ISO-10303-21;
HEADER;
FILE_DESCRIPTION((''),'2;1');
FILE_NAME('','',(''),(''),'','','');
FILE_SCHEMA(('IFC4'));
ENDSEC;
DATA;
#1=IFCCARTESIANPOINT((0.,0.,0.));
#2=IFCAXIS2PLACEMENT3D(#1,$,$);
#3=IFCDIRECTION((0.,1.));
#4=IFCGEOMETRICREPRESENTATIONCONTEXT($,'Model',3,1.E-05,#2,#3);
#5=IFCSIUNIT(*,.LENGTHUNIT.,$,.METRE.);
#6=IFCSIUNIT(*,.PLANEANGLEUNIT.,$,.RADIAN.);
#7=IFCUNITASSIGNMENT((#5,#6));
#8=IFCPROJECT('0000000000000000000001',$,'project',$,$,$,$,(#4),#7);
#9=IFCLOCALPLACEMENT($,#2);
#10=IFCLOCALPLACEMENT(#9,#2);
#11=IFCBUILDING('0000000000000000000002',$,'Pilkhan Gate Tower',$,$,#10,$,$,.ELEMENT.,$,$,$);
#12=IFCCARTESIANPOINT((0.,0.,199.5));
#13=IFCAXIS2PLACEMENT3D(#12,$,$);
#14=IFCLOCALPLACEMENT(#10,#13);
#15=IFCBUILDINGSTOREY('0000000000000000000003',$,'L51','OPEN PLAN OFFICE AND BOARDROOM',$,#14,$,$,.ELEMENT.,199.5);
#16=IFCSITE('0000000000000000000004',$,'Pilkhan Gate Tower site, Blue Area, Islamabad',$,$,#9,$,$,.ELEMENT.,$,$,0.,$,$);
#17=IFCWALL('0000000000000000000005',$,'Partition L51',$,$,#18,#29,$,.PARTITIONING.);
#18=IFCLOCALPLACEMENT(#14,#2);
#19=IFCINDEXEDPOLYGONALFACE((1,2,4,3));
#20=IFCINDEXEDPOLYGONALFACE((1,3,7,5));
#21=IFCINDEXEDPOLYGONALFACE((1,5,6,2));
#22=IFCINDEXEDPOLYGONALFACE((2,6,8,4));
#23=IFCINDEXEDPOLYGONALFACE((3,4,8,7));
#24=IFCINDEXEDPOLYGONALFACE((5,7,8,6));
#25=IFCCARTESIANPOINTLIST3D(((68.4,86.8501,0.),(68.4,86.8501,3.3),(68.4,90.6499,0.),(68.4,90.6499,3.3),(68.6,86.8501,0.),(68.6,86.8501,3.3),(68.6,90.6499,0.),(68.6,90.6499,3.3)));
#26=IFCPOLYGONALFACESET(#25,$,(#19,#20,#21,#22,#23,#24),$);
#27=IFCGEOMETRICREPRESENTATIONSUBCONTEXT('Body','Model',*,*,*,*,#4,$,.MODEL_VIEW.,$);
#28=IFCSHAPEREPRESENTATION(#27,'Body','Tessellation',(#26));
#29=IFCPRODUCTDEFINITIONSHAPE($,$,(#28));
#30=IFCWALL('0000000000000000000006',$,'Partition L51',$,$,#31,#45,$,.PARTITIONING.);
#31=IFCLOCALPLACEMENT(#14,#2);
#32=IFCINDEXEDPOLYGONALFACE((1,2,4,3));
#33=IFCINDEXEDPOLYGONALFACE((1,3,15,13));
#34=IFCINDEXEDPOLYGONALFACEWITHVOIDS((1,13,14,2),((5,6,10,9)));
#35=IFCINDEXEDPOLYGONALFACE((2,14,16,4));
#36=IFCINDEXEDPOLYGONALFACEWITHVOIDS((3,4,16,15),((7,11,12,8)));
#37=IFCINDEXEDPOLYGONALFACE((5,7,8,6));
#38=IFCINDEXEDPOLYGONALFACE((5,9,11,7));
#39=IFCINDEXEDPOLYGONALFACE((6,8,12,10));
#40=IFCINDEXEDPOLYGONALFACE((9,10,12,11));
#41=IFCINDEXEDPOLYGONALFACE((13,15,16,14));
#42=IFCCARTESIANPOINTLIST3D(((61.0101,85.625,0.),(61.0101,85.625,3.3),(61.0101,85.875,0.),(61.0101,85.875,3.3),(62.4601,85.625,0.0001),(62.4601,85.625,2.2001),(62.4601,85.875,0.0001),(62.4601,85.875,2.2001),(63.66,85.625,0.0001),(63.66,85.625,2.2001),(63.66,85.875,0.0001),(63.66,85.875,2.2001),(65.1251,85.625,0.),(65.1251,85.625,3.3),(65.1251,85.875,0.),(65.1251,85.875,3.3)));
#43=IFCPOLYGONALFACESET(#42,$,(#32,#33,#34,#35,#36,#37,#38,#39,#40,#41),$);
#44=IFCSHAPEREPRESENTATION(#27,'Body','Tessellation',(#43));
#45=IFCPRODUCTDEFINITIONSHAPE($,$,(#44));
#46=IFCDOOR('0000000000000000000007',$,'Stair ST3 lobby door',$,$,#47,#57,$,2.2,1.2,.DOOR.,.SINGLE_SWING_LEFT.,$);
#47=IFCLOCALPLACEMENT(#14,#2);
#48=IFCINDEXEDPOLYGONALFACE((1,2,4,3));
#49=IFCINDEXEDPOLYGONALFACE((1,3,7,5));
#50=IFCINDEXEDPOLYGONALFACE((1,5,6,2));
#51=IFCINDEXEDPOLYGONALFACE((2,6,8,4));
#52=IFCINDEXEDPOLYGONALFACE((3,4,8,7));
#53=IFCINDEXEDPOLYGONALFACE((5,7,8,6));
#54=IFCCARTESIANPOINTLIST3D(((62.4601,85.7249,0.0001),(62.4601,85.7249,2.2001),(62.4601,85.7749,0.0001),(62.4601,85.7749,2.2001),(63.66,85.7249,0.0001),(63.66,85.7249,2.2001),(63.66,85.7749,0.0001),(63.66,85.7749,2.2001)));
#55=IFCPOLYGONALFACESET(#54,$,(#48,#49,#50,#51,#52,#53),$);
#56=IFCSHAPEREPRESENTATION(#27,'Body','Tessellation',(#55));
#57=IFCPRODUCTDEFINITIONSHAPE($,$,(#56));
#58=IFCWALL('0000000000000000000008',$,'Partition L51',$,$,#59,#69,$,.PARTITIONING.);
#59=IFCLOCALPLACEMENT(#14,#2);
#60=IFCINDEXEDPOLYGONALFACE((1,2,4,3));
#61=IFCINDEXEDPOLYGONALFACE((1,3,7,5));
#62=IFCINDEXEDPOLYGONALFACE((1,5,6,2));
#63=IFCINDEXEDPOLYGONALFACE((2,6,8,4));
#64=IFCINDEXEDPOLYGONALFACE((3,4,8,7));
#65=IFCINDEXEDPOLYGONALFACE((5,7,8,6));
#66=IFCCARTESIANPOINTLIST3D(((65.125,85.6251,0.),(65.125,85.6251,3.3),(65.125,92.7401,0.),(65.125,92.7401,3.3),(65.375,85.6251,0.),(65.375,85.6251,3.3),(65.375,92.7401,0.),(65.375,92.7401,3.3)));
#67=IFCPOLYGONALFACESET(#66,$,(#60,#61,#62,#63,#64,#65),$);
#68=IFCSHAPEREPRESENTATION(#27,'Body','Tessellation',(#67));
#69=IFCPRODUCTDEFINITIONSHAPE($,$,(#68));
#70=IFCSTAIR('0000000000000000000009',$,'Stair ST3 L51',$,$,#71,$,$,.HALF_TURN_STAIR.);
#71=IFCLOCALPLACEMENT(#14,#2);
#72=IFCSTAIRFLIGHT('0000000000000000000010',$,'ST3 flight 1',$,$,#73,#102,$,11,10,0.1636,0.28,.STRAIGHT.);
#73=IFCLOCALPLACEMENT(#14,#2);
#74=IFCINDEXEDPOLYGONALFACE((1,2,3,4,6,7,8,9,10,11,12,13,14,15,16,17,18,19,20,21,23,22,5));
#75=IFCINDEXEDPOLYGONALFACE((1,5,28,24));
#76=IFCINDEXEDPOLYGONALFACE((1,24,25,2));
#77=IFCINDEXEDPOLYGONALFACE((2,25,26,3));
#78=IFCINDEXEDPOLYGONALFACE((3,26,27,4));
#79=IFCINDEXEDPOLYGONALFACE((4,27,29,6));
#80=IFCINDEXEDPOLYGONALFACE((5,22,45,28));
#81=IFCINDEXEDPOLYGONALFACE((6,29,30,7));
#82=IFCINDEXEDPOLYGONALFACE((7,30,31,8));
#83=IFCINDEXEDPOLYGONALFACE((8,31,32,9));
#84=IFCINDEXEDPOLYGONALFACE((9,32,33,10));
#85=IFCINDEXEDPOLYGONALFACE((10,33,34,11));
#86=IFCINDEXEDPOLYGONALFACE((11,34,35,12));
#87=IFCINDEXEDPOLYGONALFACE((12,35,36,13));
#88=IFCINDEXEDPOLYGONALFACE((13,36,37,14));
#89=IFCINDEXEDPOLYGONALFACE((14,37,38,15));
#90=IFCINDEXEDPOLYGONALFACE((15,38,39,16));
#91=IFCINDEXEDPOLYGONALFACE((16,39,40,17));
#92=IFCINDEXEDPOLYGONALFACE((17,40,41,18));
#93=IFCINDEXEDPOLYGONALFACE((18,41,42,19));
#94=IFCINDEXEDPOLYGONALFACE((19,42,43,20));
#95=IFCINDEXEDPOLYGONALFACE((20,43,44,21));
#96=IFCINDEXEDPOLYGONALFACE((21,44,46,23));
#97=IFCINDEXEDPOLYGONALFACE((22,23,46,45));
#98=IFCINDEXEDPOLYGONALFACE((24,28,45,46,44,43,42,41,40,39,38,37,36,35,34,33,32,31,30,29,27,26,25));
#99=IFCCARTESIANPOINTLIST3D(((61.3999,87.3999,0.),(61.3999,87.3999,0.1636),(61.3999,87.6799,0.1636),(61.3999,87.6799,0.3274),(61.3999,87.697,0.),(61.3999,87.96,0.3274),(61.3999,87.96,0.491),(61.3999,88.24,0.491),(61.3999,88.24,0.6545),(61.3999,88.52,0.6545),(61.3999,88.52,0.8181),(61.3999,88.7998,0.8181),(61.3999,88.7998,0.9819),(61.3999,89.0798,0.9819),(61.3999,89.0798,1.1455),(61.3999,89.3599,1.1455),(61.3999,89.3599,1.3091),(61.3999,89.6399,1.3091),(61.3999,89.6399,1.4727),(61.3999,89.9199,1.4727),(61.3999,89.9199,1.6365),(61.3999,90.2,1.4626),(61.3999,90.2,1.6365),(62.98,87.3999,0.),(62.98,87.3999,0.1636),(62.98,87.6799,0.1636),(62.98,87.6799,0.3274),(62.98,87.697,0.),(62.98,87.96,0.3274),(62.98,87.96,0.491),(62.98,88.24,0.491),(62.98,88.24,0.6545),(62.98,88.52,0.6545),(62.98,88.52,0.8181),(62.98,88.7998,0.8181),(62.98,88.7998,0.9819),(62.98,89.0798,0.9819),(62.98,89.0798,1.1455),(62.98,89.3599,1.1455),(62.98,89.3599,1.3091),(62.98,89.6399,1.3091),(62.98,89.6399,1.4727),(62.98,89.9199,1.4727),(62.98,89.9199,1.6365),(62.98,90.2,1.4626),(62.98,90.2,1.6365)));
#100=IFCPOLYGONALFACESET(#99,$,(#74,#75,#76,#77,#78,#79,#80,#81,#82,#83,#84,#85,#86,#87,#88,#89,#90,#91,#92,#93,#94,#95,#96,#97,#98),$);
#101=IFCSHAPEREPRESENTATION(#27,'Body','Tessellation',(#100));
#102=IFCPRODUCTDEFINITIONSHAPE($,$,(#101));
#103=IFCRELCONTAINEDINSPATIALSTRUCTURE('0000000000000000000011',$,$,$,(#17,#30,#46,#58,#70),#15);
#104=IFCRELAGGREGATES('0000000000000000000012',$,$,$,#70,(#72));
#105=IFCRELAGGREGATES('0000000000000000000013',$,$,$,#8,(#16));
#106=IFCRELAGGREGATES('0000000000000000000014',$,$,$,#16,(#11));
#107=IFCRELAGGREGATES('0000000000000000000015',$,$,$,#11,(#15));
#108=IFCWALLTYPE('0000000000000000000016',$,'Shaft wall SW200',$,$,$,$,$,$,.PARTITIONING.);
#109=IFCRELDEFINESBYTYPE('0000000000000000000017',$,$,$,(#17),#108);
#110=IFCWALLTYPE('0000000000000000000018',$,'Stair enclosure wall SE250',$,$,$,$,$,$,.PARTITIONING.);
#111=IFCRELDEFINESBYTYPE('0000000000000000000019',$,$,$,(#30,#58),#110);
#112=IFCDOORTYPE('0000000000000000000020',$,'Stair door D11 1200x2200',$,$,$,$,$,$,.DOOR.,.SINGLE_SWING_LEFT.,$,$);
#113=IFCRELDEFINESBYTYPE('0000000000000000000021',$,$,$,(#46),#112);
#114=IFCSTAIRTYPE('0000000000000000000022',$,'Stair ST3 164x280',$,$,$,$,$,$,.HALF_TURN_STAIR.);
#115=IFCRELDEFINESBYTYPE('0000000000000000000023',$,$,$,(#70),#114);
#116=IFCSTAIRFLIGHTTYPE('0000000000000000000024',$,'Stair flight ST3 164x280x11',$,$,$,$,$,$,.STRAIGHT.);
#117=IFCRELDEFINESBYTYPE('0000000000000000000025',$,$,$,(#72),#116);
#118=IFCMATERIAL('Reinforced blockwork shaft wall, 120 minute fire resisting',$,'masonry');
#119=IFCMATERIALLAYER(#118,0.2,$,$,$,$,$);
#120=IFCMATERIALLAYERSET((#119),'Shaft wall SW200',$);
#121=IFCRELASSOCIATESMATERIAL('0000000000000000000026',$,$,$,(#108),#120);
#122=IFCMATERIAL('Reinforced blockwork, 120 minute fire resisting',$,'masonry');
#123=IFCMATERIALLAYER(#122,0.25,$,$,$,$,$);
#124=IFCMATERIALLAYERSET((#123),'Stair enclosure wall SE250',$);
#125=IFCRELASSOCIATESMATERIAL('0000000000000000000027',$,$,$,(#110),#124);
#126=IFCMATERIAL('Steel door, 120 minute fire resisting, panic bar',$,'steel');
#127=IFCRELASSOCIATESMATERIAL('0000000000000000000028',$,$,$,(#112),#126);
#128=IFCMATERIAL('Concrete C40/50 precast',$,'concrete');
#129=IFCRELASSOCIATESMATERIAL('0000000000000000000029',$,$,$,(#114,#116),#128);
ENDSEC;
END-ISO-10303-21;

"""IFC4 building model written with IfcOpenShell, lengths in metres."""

from ifc_helpers import new_model, si_unit, direction, frame, frame_2d, origin, place, context, subcontext, project, spatial, polyline, rectangle, outline, extrude, material, layer, layer_set, type_object, element, fill, aggregate, save


model = new_model("IFC4")

# Units and contexts
model_context = context("Model", 3, precision=1e-05, world=origin(), true_north=direction((0.0, 1.0)))
body_context = subcontext(model_context, "Body", "Model", "MODEL_VIEW")
ifc_project = project(units=[si_unit("LENGTHUNIT", "METRE"), si_unit("PLANEANGLEUNIT", "RADIAN")], contexts=[model_context])

# Site, building, storey
site_placement = place(None, origin())
site = spatial("IfcSite", under=ifc_project, at=site_placement, Name="Pilkhan Gate Tower site, Blue Area, Islamabad", CompositionType="ELEMENT", RefElevation=0.0)
building_placement = place(site_placement, origin())
building = spatial("IfcBuilding", under=site, at=building_placement, Name="Pilkhan Gate Tower", CompositionType="ELEMENT")
storey_placement = place(building_placement, frame((0.0, 0.0, 199.5)))
storey = spatial("IfcBuildingStorey", under=building, at=storey_placement, Name="L51", Description="OPEN PLAN OFFICE AND BOARDROOM", CompositionType="ELEMENT", Elevation=199.5)

# Shared definitions
ifc_material_1 = material(Name="Reinforced blockwork shaft wall, 120 minute fire resisting", Category="masonry")
ifc_layer_1 = layer(ifc_material_1, 0.2)
ifc_layer_set_1 = layer_set([ifc_layer_1], Name="Shaft wall SW200")
wall_type_1 = type_object("IfcWallType", Name="Shaft wall SW200", PredefinedType="PARTITIONING", material=ifc_layer_set_1)

# Wall
wall_1_placement = place(storey_placement, frame((68.5, 86.8501, 0.0), z_axis=(0.0, 0.0, 1.0), x_axis=(0.0, 1.0, 0.0)))
element("IfcWall", 1, at=wall_1_placement, inside=storey, type_object=wall_type_1, Name="Partition L51", PredefinedType="PARTITIONING", context=body_context, shape_type="SweptSolid", body=[
    extrude(rectangle(XDim=3.7998, YDim=0.2, at=frame_2d((1.8999, 0.0))), origin(), (0.0, 0.0, 1.0), 3.3),
])

# Wall, opening, door
ifc_material_2 = material(Name="Reinforced blockwork, 120 minute fire resisting", Category="masonry")
ifc_layer_2 = layer(ifc_material_2, 0.25)
ifc_layer_set_2 = layer_set([ifc_layer_2], Name="Stair enclosure wall SE250")
wall_type_2 = type_object("IfcWallType", Name="Stair enclosure wall SE250", PredefinedType="PARTITIONING", material=ifc_layer_set_2)
wall_2_placement = place(storey_placement, frame((61.01, 85.75, 0.0), z_axis=(0.0, 0.0, 1.0), x_axis=(1.0, 0.0, 0.0)))
wall_2 = element("IfcWall", 2, at=wall_2_placement, inside=storey, type_object=wall_type_2, Name="Partition L51", PredefinedType="PARTITIONING", context=body_context, shape_type="SweptSolid", body=[
    extrude(rectangle(XDim=4.115, YDim=0.25, at=frame_2d((2.0576, 0.0))), origin(), (0.0, 0.0, 1.0), 3.3),
])
opening_1_placement = place(wall_2_placement, frame((1.45, 0.0, 0.0)))
opening_1 = element("IfcOpeningElement", 3, at=opening_1_placement, cuts=wall_2, PredefinedType="OPENING", context=body_context, shape_type="SweptSolid", body=[
    extrude(rectangle(XDim=1.2, YDim=2.2, at=frame_2d((0.6001, 1.1001))), frame((0.0, 0.135, 0.0), z_axis=(0.0, -1.0, 0.0), x_axis=(1.0, 0.0, 0.0)), (0.0, 0.0, 1.0), 0.27),
])
ifc_material_3 = material(Name="Steel door, 120 minute fire resisting, panic bar", Category="steel")
door_type_1 = type_object("IfcDoorType", Name="Stair door D11 1200x2200", OperationType="SINGLE_SWING_LEFT", PredefinedType="DOOR", material=ifc_material_3)
door_1_placement = place(opening_1_placement, origin())
door_1 = element("IfcDoor", 4, at=door_1_placement, inside=storey, type_object=door_type_1, Name="Stair ST3 lobby door", OperationType="SINGLE_SWING_LEFT", OverallHeight=2.2, OverallWidth=1.2, PredefinedType="DOOR", context=body_context, shape_type="SweptSolid", body=[
    extrude(rectangle(XDim=1.2, YDim=2.2, at=frame_2d((0.6001, 1.1001))), frame((0.0, 0.0249, 0.0), z_axis=(0.0, -1.0, 0.0), x_axis=(1.0, 0.0, 0.0)), (0.0, 0.0, 1.0), 0.05),
])
fill(opening_1, door_1)

# Wall
wall_3_placement = place(storey_placement, frame((65.25, 85.625, 0.0), z_axis=(0.0, 0.0, 1.0), x_axis=(0.0, 1.0, 0.0)))
element("IfcWall", 5, at=wall_3_placement, inside=storey, type_object=wall_type_2, Name="Partition L51", PredefinedType="PARTITIONING", context=body_context, shape_type="SweptSolid", body=[
    extrude(rectangle(XDim=7.115, YDim=0.25, at=frame_2d((3.5576, 0.0))), origin(), (0.0, 0.0, 1.0), 3.3),
])

# Stair, stair flight
ifc_material_4 = material(Name="Concrete C40/50 precast", Category="concrete")
stair_type = type_object("IfcStairType", Name="Stair ST3 164x280", PredefinedType="HALF_TURN_STAIR", material=ifc_material_4)
stair_placement = place(storey_placement, origin())
stair = element("IfcStair", 6, at=stair_placement, inside=storey, type_object=stair_type, Name="Stair ST3 L51", PredefinedType="HALF_TURN_STAIR")
stair_flight_type = type_object("IfcStairFlightType", Name="Stair flight ST3 164x280x11", PredefinedType="STRAIGHT", material=ifc_material_4)
stair_flight_placement = place(storey_placement, frame((62.1899, 87.3999, 0.0), z_axis=(0.0, 0.0, 1.0), x_axis=(0.0, 1.0, 0.0)))
stair_flight = element("IfcStairFlight", 7, at=stair_flight_placement, type_object=stair_flight_type, Name="ST3 flight 1", NumberOfRisers=11, NumberOfTreads=10, PredefinedType="STRAIGHT", RiserHeight=0.1636, TreadLength=0.28, context=body_context, shape_type="SweptSolid", body=[
    extrude(outline(polyline([(0.0, 0.0), (0.0, 0.1636), (0.28, 0.1636), (0.28, 0.3274), (0.5601, 0.3274), (0.5601, 0.491), (0.8401, 0.491), (0.8401, 0.6545), (1.1201, 0.6545), (1.1201, 0.8181), (1.3999, 0.8181), (1.3999, 0.9819), (1.6799, 0.9819), (1.6799, 1.1455), (1.96, 1.1455), (1.96, 1.3091), (2.24, 1.3091), (2.24, 1.4727), (2.52, 1.4727), (2.52, 1.6365), (2.8, 1.6365), (2.8, 1.8), (2.8, 1.4626), (0.2971, 0.0), (0.0, 0.0)])), frame((0.0, 0.79, 0.0), z_axis=(0.0, -1.0, 0.0), x_axis=(1.0, 0.0, 0.0)), (0.0, 0.0, 1.0), 1.5801),
])
aggregate(stair, [stair_flight])

save(model, "model.ifc")
